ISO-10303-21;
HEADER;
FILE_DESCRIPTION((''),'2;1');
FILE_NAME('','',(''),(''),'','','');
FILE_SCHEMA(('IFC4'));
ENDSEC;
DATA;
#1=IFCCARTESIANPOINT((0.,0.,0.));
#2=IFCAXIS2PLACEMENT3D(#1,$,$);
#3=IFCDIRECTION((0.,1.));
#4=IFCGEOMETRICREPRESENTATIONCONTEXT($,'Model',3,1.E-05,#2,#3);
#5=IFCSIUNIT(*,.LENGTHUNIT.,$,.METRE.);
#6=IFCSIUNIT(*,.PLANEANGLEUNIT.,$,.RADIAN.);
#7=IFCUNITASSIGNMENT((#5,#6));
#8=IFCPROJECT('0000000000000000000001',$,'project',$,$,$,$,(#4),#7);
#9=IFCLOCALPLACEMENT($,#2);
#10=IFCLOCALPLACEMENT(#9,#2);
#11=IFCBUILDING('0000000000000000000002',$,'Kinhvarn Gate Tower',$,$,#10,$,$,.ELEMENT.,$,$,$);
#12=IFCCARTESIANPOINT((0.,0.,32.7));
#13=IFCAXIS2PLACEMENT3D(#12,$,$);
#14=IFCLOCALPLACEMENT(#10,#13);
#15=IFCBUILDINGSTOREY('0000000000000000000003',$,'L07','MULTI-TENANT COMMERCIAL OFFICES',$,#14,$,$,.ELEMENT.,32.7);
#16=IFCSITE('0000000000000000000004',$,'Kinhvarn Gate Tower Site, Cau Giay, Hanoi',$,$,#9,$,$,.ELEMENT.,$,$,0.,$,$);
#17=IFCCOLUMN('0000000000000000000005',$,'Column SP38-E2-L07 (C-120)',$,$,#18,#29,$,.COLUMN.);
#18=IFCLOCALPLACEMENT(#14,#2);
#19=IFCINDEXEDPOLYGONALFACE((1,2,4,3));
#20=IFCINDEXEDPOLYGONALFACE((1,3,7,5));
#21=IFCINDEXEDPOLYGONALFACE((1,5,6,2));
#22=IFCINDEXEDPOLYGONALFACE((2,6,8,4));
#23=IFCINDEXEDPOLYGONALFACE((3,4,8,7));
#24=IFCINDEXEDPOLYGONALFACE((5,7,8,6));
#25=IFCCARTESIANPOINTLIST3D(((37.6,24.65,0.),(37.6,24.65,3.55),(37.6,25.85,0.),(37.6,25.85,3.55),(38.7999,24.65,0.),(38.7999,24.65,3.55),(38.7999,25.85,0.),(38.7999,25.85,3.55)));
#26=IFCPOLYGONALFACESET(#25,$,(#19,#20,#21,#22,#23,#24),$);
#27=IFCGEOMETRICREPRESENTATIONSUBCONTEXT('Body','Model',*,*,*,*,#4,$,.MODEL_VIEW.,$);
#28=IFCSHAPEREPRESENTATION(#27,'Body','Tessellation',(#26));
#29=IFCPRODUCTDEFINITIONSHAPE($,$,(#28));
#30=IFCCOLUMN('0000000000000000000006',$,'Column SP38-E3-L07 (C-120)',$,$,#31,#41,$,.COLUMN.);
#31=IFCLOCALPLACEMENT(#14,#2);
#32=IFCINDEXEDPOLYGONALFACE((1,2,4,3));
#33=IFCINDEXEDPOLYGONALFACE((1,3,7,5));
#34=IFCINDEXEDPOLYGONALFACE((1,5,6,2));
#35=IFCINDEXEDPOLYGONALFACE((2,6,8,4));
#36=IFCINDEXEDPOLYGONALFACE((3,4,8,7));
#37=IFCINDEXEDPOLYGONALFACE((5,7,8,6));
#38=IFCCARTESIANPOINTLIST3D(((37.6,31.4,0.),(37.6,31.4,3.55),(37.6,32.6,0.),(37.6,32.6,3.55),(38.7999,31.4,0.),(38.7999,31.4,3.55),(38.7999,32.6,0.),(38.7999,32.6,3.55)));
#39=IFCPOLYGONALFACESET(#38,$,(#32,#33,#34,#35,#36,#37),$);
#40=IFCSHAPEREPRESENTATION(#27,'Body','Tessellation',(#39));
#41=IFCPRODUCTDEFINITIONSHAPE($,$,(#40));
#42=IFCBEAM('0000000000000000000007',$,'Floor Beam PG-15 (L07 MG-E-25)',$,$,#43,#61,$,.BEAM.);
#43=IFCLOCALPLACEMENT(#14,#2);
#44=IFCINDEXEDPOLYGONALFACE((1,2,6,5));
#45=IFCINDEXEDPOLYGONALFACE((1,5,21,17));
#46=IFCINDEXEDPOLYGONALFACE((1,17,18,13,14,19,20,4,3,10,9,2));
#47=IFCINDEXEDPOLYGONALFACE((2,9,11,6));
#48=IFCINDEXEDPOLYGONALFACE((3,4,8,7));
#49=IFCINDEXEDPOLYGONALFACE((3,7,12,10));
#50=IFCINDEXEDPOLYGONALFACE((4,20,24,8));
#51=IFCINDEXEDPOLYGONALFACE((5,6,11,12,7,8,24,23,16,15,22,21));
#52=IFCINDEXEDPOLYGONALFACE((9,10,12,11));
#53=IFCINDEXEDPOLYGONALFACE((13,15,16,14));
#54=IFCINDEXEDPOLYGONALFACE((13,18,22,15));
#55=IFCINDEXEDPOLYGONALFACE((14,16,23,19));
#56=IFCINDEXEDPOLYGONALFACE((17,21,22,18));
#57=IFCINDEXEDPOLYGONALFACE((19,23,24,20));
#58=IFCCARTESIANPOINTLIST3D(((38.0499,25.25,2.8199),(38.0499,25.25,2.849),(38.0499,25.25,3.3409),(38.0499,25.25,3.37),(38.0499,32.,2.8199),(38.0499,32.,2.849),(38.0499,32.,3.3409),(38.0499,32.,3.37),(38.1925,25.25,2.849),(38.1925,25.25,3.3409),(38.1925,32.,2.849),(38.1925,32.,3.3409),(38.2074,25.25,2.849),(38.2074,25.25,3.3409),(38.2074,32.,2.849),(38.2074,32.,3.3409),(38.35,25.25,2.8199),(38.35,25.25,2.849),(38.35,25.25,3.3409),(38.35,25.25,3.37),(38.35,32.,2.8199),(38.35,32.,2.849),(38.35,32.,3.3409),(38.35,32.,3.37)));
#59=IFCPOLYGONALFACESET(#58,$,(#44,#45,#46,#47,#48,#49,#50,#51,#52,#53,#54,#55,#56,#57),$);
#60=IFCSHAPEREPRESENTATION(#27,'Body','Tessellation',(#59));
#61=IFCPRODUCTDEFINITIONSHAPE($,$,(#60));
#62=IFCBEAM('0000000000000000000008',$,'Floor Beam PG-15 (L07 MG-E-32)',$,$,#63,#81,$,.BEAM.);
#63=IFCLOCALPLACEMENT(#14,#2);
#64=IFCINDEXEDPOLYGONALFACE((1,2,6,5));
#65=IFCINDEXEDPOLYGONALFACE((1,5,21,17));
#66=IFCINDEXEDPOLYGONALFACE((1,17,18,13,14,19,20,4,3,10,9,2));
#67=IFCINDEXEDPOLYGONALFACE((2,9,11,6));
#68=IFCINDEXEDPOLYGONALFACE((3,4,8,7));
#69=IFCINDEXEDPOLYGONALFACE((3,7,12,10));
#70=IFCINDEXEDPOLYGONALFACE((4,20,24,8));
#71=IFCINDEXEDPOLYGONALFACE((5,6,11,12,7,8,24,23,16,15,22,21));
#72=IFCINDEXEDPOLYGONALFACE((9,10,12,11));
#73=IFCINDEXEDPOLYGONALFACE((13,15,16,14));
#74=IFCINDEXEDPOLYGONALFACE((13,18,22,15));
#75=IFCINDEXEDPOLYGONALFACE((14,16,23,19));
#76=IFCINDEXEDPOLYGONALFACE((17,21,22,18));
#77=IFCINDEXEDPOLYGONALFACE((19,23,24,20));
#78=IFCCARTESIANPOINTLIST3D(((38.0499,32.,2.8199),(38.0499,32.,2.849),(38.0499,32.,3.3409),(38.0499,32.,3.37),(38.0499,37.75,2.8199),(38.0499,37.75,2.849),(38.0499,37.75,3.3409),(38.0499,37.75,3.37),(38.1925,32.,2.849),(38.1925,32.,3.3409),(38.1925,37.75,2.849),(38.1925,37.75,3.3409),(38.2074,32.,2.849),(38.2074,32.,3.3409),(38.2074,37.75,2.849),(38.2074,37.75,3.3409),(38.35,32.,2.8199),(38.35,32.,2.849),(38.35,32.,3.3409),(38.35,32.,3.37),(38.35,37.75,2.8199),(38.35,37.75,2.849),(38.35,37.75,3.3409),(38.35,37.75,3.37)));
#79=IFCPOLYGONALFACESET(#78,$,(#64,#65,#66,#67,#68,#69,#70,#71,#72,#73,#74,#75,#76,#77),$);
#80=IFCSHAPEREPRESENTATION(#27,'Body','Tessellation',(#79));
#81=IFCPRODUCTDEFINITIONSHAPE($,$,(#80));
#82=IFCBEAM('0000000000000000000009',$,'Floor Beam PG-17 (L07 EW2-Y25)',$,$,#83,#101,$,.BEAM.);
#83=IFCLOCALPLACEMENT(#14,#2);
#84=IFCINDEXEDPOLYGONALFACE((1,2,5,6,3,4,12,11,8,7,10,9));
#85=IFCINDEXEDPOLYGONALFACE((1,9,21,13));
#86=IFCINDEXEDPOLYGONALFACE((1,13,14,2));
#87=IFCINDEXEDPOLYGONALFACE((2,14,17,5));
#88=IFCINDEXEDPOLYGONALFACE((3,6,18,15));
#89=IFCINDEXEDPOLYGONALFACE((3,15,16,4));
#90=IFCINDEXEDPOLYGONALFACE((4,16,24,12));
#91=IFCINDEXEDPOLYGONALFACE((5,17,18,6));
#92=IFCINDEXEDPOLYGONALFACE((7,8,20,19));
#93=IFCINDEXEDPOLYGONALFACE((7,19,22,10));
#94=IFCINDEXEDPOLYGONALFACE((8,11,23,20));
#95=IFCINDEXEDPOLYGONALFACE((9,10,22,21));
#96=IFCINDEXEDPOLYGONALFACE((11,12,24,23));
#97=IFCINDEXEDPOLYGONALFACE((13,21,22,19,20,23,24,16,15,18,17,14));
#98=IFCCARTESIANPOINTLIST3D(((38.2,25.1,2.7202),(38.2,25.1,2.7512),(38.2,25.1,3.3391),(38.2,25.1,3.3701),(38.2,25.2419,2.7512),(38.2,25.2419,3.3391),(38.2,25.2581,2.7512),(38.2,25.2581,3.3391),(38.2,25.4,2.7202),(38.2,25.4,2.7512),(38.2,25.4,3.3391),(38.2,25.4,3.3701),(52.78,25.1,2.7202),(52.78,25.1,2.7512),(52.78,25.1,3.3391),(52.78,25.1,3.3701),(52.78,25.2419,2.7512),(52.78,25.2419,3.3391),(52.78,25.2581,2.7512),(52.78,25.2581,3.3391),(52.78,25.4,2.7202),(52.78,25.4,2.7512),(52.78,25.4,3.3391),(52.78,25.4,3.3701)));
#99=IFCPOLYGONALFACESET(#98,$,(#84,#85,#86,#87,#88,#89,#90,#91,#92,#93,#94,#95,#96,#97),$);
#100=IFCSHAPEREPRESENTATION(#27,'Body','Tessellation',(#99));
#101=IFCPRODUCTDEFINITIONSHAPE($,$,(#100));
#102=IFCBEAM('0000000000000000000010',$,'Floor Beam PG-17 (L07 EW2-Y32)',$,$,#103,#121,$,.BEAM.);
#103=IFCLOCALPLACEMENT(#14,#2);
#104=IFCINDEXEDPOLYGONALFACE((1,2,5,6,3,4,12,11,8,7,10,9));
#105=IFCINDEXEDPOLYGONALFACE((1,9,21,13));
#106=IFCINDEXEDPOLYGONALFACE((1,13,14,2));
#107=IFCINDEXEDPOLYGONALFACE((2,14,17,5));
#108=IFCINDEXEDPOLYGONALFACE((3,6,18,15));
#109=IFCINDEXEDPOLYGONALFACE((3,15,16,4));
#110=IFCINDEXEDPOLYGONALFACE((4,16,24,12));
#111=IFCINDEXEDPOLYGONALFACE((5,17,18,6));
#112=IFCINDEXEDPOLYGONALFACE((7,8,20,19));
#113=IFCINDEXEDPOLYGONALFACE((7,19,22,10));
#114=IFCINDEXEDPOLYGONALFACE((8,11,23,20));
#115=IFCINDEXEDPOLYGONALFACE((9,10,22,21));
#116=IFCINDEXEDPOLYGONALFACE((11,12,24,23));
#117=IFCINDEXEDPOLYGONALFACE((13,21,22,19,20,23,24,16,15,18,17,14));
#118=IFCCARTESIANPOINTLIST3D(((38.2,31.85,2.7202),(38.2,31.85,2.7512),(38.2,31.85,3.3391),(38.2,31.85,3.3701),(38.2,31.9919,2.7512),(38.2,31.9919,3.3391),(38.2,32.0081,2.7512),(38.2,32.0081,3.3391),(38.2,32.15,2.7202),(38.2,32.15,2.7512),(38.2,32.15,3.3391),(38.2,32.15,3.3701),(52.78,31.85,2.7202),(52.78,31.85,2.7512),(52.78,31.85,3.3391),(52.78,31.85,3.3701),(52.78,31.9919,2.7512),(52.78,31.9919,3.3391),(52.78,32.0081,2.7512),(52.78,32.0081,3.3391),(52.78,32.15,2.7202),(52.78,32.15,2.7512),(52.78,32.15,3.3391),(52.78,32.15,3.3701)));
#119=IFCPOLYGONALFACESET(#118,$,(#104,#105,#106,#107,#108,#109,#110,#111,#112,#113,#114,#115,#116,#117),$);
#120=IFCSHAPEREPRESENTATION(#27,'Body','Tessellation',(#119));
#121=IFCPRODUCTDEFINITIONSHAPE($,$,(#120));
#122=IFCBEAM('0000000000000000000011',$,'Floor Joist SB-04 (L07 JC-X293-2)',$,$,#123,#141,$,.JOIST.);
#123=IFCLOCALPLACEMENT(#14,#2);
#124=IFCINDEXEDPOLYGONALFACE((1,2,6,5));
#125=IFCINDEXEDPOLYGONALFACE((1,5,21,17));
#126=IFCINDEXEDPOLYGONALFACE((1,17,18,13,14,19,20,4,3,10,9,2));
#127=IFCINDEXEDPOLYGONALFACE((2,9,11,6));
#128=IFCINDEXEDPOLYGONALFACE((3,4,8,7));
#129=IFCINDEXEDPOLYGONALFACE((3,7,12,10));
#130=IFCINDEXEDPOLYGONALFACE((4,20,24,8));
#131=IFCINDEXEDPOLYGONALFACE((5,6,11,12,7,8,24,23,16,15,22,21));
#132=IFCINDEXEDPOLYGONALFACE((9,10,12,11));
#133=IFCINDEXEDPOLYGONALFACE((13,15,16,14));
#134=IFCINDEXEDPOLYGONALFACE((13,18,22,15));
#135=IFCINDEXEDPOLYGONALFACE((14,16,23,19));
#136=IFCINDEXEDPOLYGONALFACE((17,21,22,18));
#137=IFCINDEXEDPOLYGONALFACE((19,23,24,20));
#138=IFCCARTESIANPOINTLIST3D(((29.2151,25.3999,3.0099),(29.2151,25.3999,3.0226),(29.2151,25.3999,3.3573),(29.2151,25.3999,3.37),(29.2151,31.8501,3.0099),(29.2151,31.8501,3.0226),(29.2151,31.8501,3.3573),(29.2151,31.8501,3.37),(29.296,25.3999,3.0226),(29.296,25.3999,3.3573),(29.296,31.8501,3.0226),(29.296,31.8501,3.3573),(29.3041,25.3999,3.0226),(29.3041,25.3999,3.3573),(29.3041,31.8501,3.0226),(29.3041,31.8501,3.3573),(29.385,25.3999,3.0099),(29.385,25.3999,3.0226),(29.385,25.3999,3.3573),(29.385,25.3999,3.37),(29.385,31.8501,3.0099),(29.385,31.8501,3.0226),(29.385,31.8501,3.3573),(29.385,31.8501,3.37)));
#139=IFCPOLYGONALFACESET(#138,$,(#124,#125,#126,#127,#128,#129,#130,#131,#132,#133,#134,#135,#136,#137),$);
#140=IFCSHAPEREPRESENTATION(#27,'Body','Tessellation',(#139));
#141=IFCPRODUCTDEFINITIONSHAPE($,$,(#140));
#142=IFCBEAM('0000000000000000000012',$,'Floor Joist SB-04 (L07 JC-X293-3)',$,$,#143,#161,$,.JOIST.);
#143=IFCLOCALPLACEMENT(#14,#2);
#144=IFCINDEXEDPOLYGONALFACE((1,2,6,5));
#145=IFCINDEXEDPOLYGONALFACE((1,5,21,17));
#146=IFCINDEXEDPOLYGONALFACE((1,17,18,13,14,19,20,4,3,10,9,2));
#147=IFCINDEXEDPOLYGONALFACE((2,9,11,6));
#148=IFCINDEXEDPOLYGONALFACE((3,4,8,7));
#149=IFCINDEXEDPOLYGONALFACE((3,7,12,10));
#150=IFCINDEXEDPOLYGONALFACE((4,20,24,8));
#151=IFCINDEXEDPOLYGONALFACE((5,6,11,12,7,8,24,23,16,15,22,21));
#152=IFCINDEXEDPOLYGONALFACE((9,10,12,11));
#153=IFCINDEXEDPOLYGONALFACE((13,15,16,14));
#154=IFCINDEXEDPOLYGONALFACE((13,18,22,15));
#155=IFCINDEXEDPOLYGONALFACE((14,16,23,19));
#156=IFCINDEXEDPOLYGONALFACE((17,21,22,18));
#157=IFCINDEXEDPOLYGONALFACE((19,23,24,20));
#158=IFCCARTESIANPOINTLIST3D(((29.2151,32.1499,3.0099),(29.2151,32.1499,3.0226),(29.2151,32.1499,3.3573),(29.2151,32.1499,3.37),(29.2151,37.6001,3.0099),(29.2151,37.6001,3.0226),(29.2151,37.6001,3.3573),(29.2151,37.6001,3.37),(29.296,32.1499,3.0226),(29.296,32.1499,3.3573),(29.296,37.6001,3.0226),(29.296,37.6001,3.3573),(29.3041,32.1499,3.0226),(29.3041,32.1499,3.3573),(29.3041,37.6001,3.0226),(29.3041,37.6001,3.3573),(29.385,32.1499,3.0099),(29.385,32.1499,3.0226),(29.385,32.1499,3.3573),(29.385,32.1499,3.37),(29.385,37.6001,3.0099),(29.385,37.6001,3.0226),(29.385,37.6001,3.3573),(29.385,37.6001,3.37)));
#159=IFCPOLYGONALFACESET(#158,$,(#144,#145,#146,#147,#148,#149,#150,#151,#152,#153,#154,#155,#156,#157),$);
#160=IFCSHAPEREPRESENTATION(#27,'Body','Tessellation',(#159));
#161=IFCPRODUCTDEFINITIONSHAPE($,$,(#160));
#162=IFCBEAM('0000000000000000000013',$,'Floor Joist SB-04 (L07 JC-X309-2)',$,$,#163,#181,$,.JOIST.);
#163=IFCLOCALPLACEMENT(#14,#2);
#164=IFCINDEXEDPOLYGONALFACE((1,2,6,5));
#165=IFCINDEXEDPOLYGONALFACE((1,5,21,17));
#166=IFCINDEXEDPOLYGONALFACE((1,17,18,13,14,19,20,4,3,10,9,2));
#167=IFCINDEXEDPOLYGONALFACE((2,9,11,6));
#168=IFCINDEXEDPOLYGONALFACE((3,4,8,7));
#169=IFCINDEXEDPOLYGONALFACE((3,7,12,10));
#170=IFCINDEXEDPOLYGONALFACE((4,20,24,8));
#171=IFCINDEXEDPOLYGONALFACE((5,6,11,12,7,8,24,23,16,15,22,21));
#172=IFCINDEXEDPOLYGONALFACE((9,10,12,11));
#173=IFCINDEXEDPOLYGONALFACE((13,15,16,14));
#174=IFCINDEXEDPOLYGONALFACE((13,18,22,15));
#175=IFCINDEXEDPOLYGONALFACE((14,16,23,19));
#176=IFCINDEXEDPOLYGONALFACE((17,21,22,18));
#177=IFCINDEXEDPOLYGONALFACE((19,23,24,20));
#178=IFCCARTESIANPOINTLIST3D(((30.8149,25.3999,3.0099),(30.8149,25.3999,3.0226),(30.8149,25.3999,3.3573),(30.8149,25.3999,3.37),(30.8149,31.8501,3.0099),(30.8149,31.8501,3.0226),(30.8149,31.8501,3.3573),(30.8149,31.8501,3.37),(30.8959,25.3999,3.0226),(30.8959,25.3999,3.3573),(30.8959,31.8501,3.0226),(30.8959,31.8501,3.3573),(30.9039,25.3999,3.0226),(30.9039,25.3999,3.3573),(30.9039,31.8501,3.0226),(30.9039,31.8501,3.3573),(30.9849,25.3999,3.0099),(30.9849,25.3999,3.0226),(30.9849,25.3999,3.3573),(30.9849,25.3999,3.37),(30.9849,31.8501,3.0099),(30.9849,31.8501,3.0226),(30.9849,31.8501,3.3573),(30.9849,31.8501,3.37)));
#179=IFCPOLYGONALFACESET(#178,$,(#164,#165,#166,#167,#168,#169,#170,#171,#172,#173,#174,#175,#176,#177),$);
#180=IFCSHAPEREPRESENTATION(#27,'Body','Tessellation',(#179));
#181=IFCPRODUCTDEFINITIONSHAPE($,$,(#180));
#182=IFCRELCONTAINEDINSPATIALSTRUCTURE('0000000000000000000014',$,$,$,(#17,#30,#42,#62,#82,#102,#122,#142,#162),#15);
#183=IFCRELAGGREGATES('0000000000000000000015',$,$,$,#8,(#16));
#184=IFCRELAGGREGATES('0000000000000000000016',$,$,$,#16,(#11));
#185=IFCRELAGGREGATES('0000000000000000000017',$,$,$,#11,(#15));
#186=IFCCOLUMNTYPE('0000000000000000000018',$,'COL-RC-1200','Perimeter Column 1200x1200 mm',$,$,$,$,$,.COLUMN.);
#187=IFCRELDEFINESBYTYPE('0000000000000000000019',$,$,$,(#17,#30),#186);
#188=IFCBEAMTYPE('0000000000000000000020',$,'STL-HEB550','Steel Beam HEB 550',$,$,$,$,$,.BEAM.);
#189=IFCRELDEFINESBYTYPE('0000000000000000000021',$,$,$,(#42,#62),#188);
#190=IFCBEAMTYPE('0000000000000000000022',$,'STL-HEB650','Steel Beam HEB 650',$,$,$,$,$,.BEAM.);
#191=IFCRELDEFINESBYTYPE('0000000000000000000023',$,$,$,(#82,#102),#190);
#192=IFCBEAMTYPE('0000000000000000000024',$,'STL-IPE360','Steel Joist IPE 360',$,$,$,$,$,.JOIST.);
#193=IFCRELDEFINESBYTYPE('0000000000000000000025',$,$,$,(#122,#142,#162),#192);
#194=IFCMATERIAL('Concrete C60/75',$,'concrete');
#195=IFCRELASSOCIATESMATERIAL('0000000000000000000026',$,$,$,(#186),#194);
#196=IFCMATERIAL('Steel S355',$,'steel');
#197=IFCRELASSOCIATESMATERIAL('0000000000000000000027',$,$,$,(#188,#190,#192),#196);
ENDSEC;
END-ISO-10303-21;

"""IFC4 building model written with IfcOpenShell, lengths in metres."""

from ifc_helpers import new_model, si_unit, direction, frame, origin, origin_2d, place, context, subcontext, project, spatial, rectangle, i_section, extrude, material, material_profile, profile_set, type_object, element, save


model = new_model("IFC4")

# Units and contexts
model_context = context("Model", 3, precision=1e-05, world=origin(), true_north=direction((0.0, 1.0)))
body_context = subcontext(model_context, "Body", "Model", "MODEL_VIEW")
ifc_project = project(units=[si_unit("LENGTHUNIT", "METRE"), si_unit("PLANEANGLEUNIT", "RADIAN")], contexts=[model_context])

# Site, building, storey
site_placement = place(None, origin())
site = spatial("IfcSite", under=ifc_project, at=site_placement, Name="Kinhvarn Gate Tower Site, Cau Giay, Hanoi", CompositionType="ELEMENT", RefElevation=0.0)
building_placement = place(site_placement, origin())
building = spatial("IfcBuilding", under=site, at=building_placement, Name="Kinhvarn Gate Tower", CompositionType="ELEMENT")
storey_placement = place(building_placement, frame((0.0, 0.0, 32.7)))
storey = spatial("IfcBuildingStorey", under=building, at=storey_placement, Name="L07", Description="MULTI-TENANT COMMERCIAL OFFICES", CompositionType="ELEMENT", Elevation=32.7)

# Columns
ifc_material_1 = material(Name="Concrete C60/75", Category="concrete")
ifc_material_profile_1 = material_profile(ifc_material_1, rectangle(XDim=1.2, YDim=1.2, at=origin_2d()), Name="RC 1200x1200")
ifc_profile_set_1 = profile_set([ifc_material_profile_1], Name="Concrete C60/75")
column_type = type_object("IfcColumnType", Name="COL-RC-1200", Description="Perimeter Column 1200x1200 mm", PredefinedType="COLUMN", material=ifc_profile_set_1)
for number, where, z_axis, x_axis, name in (
    (1, (38.2, 25.25, 0.0), (0.0, 0.0, 1.0), (1.0, 0.0, 0.0), "Column SP38-E2-L07 (C-120)"),
    (2, (38.2, 32.0, 0.0), (0.0, 0.0, 1.0), (1.0, 0.0, 0.0), "Column SP38-E3-L07 (C-120)"),
):
    element("IfcColumn", number, at=place(storey_placement, frame(where, z_axis=z_axis, x_axis=x_axis)), inside=storey, type_object=column_type, Name=name, PredefinedType="COLUMN", context=body_context, shape_type="SweptSolid", body=[
        extrude(rectangle(XDim=1.2, YDim=1.2, at=origin_2d()), origin(), (0.0, 0.0, 1.0), 3.55),
    ])

# Beams
ifc_material_2 = material(Name="Steel S355", Category="steel")
ifc_material_profile_2 = material_profile(ifc_material_2, i_section(OverallWidth=0.3, OverallDepth=0.55, WebThickness=0.0149, FlangeThickness=0.0291, at=origin_2d()), Name="HEB 550")
ifc_profile_set_2 = profile_set([ifc_material_profile_2], Name="Steel S355")
beam_type_1 = type_object("IfcBeamType", Name="STL-HEB550", Description="Steel Beam HEB 550", PredefinedType="BEAM", material=ifc_profile_set_2)
beam_1_placement = place(storey_placement, frame((38.2, 25.25, 3.095), z_axis=(0.0, 1.0, 0.0), x_axis=(-1.0, 0.0, 0.0)))
element("IfcBeam", 3, at=beam_1_placement, inside=storey, type_object=beam_type_1, Name="Floor Beam PG-15 (L07 MG-E-25)", PredefinedType="BEAM", context=body_context, shape_type="SweptSolid", body=[
    extrude(i_section(OverallWidth=0.3, OverallDepth=0.55, WebThickness=0.0149, FlangeThickness=0.0291, at=origin_2d()), origin(), (0.0, 0.0, 1.0), 6.75),
])
beam_2_placement = place(storey_placement, frame((38.2, 32.0, 3.095), z_axis=(0.0, 1.0, 0.0), x_axis=(-1.0, 0.0, 0.0)))
element("IfcBeam", 4, at=beam_2_placement, inside=storey, type_object=beam_type_1, Name="Floor Beam PG-15 (L07 MG-E-32)", PredefinedType="BEAM", context=body_context, shape_type="SweptSolid", body=[
    extrude(i_section(OverallWidth=0.3, OverallDepth=0.55, WebThickness=0.0149, FlangeThickness=0.0291, at=origin_2d()), origin(), (0.0, 0.0, 1.0), 5.75),
])
ifc_material_profile_3 = material_profile(ifc_material_2, i_section(OverallWidth=0.3, OverallDepth=0.6499, WebThickness=0.0161, FlangeThickness=0.031, at=origin_2d()), Name="HEB 650")
ifc_profile_set_3 = profile_set([ifc_material_profile_3], Name="Steel S355")
beam_type_2 = type_object("IfcBeamType", Name="STL-HEB650", Description="Steel Beam HEB 650", PredefinedType="BEAM", material=ifc_profile_set_3)
for number, where, z_axis, x_axis, name in (
    (5, (38.2, 25.25, 3.0452), (1.0, 0.0, 0.0), (0.0, 1.0, 0.0), "Floor Beam PG-17 (L07 EW2-Y25)"),
    (6, (38.2, 32.0, 3.0452), (1.0, 0.0, 0.0), (0.0, 1.0, 0.0), "Floor Beam PG-17 (L07 EW2-Y32)"),
):
    element("IfcBeam", number, at=place(storey_placement, frame(where, z_axis=z_axis, x_axis=x_axis)), inside=storey, type_object=beam_type_2, Name=name, PredefinedType="BEAM", context=body_context, shape_type="SweptSolid", body=[
        extrude(i_section(OverallWidth=0.3, OverallDepth=0.6499, WebThickness=0.0161, FlangeThickness=0.031, at=origin_2d()), origin(), (0.0, 0.0, 1.0), 14.5801),
    ])
ifc_material_profile_4 = material_profile(ifc_material_2, i_section(OverallWidth=0.1699, OverallDepth=0.3601, WebThickness=0.0081, FlangeThickness=0.0127, at=origin_2d()), Name="IPE 360")
ifc_profile_set_4 = profile_set([ifc_material_profile_4], Name="Steel S355")
beam_type_3 = type_object("IfcBeamType", Name="STL-IPE360", Description="Steel Joist IPE 360", PredefinedType="JOIST", material=ifc_profile_set_4)
beam_3_placement = place(storey_placement, frame((29.3, 25.3999, 3.1899), z_axis=(0.0, 1.0, 0.0), x_axis=(-1.0, 0.0, 0.0)))
element("IfcBeam", 7, at=beam_3_placement, inside=storey, type_object=beam_type_3, Name="Floor Joist SB-04 (L07 JC-X293-2)", PredefinedType="JOIST", context=body_context, shape_type="SweptSolid", body=[
    extrude(i_section(OverallWidth=0.1699, OverallDepth=0.3601, WebThickness=0.0081, FlangeThickness=0.0127, at=origin_2d()), origin(), (0.0, 0.0, 1.0), 6.4502),
])
beam_4_placement = place(storey_placement, frame((29.3, 32.1499, 3.1899), z_axis=(0.0, 1.0, 0.0), x_axis=(-1.0, 0.0, 0.0)))
element("IfcBeam", 8, at=beam_4_placement, inside=storey, type_object=beam_type_3, Name="Floor Joist SB-04 (L07 JC-X293-3)", PredefinedType="JOIST", context=body_context, shape_type="SweptSolid", body=[
    extrude(i_section(OverallWidth=0.1699, OverallDepth=0.3601, WebThickness=0.0081, FlangeThickness=0.0127, at=origin_2d()), origin(), (0.0, 0.0, 1.0), 5.4502),
])
beam_5_placement = place(storey_placement, frame((30.8999, 25.3999, 3.1899), z_axis=(0.0, 1.0, 0.0), x_axis=(-1.0, 0.0, 0.0)))
element("IfcBeam", 9, at=beam_5_placement, inside=storey, type_object=beam_type_3, Name="Floor Joist SB-04 (L07 JC-X309-2)", PredefinedType="JOIST", context=body_context, shape_type="SweptSolid", body=[
    extrude(i_section(OverallWidth=0.1699, OverallDepth=0.3601, WebThickness=0.0081, FlangeThickness=0.0127, at=origin_2d()), origin(), (0.0, 0.0, 1.0), 6.4502),
])

save(model, "model.ifc")
